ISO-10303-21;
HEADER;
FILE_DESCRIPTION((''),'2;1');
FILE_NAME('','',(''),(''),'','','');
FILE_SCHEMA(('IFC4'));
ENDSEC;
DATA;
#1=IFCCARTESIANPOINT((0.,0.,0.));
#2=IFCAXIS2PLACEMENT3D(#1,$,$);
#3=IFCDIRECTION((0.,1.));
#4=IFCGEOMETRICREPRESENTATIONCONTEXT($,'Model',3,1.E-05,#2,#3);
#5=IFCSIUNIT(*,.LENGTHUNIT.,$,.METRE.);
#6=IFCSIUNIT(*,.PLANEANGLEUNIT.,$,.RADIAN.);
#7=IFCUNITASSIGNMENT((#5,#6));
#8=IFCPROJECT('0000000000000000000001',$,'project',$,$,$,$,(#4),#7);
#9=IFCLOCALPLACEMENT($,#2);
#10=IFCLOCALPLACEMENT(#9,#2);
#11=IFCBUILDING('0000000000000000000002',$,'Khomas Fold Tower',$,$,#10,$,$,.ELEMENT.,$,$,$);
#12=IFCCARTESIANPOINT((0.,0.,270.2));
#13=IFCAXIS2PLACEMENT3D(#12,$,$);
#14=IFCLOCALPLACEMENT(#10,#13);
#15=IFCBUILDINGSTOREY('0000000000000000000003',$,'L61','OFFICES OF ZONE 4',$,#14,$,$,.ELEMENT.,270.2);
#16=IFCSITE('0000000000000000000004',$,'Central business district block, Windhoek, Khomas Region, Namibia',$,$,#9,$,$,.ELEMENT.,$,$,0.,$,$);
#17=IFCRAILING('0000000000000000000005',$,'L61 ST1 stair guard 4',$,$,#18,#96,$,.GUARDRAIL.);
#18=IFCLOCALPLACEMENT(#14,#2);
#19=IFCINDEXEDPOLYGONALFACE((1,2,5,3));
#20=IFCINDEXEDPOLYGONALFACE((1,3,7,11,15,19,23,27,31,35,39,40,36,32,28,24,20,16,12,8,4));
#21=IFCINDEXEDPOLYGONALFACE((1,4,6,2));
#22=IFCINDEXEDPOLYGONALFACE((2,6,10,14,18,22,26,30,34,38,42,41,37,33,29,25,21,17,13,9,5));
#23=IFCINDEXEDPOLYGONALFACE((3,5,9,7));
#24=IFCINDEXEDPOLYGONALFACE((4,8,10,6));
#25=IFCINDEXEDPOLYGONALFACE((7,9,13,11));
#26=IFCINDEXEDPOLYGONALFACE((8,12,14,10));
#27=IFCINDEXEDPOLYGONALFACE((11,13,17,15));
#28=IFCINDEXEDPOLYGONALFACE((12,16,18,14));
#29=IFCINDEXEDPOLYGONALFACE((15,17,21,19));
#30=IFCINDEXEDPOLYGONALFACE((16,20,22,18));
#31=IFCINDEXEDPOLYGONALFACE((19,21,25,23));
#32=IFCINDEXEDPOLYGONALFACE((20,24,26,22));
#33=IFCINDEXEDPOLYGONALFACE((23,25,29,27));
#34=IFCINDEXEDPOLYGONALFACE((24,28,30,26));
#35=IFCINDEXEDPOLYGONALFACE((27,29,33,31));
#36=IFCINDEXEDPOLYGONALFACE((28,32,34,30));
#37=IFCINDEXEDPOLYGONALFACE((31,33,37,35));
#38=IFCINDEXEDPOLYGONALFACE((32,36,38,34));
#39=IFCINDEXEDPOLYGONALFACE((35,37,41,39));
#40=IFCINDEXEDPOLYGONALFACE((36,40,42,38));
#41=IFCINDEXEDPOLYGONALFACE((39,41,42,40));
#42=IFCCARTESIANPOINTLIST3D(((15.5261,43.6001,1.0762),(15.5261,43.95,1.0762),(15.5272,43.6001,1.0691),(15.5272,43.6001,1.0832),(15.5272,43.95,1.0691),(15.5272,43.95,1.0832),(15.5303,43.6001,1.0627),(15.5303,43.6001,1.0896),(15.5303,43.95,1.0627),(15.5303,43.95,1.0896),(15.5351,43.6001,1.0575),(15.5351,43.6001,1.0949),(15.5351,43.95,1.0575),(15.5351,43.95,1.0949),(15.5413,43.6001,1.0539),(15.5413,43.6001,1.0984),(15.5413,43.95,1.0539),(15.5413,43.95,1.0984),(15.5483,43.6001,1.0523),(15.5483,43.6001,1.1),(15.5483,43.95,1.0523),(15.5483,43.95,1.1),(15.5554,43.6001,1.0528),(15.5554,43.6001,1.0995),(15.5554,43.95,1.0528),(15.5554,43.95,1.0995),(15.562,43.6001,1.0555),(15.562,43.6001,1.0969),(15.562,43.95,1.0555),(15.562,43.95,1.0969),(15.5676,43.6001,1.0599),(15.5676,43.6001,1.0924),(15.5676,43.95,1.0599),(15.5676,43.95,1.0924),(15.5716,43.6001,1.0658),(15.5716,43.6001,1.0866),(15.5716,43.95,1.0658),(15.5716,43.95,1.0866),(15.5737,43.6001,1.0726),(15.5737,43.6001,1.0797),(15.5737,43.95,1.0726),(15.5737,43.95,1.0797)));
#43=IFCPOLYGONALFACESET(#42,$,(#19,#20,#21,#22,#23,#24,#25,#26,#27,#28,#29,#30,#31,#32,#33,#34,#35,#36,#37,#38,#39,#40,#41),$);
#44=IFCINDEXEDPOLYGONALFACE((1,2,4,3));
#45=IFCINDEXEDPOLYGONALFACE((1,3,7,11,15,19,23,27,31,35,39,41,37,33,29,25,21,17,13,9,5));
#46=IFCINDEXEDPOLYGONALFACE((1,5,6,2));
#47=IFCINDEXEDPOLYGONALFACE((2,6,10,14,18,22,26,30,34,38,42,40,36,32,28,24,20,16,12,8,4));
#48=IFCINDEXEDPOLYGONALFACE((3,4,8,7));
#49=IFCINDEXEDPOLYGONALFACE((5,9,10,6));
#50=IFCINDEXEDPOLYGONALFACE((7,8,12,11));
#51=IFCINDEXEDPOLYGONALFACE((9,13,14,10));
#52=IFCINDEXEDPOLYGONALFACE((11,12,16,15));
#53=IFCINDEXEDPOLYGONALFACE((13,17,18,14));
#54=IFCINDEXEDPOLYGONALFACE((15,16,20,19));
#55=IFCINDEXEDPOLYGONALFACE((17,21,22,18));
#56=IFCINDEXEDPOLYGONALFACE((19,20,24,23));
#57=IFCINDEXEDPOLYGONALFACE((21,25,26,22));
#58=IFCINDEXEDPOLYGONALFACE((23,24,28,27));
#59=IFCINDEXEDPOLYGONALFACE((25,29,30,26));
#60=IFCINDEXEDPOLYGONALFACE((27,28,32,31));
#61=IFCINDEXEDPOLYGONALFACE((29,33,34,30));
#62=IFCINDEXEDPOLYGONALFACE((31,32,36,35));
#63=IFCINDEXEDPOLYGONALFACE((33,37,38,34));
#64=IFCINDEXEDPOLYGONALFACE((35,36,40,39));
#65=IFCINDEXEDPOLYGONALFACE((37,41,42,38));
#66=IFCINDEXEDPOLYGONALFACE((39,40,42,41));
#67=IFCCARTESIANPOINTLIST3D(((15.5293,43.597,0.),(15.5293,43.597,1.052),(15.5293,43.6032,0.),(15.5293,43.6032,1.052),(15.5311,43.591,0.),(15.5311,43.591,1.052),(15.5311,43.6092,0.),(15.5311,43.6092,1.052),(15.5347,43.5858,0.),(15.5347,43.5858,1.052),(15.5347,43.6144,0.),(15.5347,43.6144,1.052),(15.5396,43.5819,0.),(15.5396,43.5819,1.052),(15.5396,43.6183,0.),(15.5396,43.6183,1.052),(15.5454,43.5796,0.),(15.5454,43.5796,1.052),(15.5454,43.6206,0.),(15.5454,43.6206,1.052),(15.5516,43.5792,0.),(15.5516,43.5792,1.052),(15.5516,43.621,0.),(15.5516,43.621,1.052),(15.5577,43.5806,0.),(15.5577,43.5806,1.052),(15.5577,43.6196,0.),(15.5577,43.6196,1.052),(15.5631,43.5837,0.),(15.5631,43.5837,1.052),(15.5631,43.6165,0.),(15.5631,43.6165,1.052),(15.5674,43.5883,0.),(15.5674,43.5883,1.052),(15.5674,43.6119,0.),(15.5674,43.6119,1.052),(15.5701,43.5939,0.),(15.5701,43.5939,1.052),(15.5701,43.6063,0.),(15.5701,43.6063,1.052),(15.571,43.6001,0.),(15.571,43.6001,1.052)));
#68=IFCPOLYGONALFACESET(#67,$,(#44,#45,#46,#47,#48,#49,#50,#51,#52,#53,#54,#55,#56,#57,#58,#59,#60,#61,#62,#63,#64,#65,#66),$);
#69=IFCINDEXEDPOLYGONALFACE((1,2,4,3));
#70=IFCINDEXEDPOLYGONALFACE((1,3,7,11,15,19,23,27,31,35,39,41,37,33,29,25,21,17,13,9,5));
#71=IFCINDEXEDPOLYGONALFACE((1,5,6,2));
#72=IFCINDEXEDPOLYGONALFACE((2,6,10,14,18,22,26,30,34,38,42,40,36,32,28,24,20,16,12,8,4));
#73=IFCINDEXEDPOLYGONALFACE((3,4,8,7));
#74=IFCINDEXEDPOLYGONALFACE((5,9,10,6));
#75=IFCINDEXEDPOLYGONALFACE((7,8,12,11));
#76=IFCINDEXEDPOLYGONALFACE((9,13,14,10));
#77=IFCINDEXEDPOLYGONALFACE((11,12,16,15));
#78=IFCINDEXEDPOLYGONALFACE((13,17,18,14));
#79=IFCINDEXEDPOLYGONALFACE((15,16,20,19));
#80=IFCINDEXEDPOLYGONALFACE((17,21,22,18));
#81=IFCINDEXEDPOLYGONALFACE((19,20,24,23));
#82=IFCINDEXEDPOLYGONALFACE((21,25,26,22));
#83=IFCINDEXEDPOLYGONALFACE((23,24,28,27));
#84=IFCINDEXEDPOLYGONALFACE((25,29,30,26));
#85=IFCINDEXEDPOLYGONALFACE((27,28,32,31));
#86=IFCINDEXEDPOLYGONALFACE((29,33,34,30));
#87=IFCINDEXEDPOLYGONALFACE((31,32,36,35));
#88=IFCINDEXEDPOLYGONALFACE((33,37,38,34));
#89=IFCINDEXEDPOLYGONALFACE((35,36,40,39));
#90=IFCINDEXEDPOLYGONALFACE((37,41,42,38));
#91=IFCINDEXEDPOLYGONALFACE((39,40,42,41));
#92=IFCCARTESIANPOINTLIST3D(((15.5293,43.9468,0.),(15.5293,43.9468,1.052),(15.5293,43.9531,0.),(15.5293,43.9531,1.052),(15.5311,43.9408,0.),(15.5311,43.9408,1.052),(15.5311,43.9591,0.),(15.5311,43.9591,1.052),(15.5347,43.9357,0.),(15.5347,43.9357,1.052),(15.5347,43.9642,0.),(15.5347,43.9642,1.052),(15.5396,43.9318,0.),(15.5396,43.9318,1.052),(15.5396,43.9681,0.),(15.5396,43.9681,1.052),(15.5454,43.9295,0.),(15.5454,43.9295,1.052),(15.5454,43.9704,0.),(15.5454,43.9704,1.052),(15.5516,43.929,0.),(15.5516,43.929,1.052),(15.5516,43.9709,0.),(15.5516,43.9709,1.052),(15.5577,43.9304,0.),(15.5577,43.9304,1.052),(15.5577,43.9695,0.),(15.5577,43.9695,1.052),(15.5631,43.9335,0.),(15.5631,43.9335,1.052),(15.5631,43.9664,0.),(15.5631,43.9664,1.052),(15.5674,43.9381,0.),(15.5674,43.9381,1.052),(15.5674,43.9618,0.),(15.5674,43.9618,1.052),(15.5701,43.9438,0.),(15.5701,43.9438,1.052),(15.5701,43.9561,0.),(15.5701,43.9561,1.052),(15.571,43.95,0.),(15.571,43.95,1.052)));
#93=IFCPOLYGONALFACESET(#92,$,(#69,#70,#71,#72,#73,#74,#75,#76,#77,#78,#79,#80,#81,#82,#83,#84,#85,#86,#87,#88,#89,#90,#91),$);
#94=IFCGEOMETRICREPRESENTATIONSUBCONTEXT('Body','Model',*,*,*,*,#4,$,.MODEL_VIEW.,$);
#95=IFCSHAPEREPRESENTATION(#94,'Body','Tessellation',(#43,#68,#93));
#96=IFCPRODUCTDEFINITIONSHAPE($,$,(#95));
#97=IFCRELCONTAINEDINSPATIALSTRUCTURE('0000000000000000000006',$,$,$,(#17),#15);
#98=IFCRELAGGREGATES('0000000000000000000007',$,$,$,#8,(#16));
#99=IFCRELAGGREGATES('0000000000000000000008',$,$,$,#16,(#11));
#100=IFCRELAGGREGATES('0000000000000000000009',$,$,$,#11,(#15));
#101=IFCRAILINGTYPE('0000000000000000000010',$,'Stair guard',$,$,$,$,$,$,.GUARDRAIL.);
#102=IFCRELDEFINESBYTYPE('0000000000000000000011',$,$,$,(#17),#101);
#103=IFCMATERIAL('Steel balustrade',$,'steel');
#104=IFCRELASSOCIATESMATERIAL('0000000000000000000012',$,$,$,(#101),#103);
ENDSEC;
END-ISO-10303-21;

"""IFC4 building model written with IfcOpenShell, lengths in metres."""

from ifc_helpers import new_model, si_unit, direction, frame, origin, origin_2d, place, context, subcontext, project, spatial, circle, extrude, source, transform, mapped, material, type_object, element, save


model = new_model("IFC4")

# Units and contexts
model_context = context("Model", 3, precision=1e-05, world=origin(), true_north=direction((0.0, 1.0)))
body_context = subcontext(model_context, "Body", "Model", "MODEL_VIEW")
ifc_project = project(units=[si_unit("LENGTHUNIT", "METRE"), si_unit("PLANEANGLEUNIT", "RADIAN")], contexts=[model_context])

# Site, building, storey
site_placement = place(None, origin())
site = spatial("IfcSite", under=ifc_project, at=site_placement, Name="Central business district block, Windhoek, Khomas Region, Namibia", CompositionType="ELEMENT", RefElevation=0.0)
building_placement = place(site_placement, origin())
building = spatial("IfcBuilding", under=site, at=building_placement, Name="Khomas Fold Tower", CompositionType="ELEMENT")
storey_placement = place(building_placement, frame((0.0, 0.0, 270.2)))
storey = spatial("IfcBuildingStorey", under=building, at=storey_placement, Name="L61", Description="OFFICES OF ZONE 4", CompositionType="ELEMENT", Elevation=270.2)

# Railing
ifc_material_1 = material(Name="Steel balustrade", Category="steel")
railing_type_1 = type_object("IfcRailingType", Name="Stair guard", PredefinedType="GUARDRAIL", material=ifc_material_1)
shared_shape_1 = source(origin(), body_context, "Body", "SweptSolid", [
    extrude(circle(Radius=0.0239, at=origin_2d()), frame((0.0, 0.0, 1.0762), z_axis=(0.0, 1.0, 0.0), x_axis=(-1.0, 0.0, 0.0)), (0.0, 0.0, 1.0), 0.3499),
    extrude(circle(Radius=0.021, at=origin_2d()), origin(), (0.0, 0.0, 1.0), 1.052),
    extrude(circle(Radius=0.021, at=origin_2d()), frame((0.0, 0.3499, 0.0)), (0.0, 0.0, 1.0), 1.052),
])
for number, where, name in (
    (1, (15.55, 43.6001, 0.0), "L61 ST1 stair guard 4"),
):
    element("IfcRailing", number, at=place(storey_placement, frame(where)), inside=storey, type_object=railing_type_1, Name=name, PredefinedType="GUARDRAIL", context=body_context, shape_type="MappedRepresentation", body=[
        mapped(shared_shape_1, transform((0.0, 0.0, 0.0))),
    ])

save(model, "model.ifc")
